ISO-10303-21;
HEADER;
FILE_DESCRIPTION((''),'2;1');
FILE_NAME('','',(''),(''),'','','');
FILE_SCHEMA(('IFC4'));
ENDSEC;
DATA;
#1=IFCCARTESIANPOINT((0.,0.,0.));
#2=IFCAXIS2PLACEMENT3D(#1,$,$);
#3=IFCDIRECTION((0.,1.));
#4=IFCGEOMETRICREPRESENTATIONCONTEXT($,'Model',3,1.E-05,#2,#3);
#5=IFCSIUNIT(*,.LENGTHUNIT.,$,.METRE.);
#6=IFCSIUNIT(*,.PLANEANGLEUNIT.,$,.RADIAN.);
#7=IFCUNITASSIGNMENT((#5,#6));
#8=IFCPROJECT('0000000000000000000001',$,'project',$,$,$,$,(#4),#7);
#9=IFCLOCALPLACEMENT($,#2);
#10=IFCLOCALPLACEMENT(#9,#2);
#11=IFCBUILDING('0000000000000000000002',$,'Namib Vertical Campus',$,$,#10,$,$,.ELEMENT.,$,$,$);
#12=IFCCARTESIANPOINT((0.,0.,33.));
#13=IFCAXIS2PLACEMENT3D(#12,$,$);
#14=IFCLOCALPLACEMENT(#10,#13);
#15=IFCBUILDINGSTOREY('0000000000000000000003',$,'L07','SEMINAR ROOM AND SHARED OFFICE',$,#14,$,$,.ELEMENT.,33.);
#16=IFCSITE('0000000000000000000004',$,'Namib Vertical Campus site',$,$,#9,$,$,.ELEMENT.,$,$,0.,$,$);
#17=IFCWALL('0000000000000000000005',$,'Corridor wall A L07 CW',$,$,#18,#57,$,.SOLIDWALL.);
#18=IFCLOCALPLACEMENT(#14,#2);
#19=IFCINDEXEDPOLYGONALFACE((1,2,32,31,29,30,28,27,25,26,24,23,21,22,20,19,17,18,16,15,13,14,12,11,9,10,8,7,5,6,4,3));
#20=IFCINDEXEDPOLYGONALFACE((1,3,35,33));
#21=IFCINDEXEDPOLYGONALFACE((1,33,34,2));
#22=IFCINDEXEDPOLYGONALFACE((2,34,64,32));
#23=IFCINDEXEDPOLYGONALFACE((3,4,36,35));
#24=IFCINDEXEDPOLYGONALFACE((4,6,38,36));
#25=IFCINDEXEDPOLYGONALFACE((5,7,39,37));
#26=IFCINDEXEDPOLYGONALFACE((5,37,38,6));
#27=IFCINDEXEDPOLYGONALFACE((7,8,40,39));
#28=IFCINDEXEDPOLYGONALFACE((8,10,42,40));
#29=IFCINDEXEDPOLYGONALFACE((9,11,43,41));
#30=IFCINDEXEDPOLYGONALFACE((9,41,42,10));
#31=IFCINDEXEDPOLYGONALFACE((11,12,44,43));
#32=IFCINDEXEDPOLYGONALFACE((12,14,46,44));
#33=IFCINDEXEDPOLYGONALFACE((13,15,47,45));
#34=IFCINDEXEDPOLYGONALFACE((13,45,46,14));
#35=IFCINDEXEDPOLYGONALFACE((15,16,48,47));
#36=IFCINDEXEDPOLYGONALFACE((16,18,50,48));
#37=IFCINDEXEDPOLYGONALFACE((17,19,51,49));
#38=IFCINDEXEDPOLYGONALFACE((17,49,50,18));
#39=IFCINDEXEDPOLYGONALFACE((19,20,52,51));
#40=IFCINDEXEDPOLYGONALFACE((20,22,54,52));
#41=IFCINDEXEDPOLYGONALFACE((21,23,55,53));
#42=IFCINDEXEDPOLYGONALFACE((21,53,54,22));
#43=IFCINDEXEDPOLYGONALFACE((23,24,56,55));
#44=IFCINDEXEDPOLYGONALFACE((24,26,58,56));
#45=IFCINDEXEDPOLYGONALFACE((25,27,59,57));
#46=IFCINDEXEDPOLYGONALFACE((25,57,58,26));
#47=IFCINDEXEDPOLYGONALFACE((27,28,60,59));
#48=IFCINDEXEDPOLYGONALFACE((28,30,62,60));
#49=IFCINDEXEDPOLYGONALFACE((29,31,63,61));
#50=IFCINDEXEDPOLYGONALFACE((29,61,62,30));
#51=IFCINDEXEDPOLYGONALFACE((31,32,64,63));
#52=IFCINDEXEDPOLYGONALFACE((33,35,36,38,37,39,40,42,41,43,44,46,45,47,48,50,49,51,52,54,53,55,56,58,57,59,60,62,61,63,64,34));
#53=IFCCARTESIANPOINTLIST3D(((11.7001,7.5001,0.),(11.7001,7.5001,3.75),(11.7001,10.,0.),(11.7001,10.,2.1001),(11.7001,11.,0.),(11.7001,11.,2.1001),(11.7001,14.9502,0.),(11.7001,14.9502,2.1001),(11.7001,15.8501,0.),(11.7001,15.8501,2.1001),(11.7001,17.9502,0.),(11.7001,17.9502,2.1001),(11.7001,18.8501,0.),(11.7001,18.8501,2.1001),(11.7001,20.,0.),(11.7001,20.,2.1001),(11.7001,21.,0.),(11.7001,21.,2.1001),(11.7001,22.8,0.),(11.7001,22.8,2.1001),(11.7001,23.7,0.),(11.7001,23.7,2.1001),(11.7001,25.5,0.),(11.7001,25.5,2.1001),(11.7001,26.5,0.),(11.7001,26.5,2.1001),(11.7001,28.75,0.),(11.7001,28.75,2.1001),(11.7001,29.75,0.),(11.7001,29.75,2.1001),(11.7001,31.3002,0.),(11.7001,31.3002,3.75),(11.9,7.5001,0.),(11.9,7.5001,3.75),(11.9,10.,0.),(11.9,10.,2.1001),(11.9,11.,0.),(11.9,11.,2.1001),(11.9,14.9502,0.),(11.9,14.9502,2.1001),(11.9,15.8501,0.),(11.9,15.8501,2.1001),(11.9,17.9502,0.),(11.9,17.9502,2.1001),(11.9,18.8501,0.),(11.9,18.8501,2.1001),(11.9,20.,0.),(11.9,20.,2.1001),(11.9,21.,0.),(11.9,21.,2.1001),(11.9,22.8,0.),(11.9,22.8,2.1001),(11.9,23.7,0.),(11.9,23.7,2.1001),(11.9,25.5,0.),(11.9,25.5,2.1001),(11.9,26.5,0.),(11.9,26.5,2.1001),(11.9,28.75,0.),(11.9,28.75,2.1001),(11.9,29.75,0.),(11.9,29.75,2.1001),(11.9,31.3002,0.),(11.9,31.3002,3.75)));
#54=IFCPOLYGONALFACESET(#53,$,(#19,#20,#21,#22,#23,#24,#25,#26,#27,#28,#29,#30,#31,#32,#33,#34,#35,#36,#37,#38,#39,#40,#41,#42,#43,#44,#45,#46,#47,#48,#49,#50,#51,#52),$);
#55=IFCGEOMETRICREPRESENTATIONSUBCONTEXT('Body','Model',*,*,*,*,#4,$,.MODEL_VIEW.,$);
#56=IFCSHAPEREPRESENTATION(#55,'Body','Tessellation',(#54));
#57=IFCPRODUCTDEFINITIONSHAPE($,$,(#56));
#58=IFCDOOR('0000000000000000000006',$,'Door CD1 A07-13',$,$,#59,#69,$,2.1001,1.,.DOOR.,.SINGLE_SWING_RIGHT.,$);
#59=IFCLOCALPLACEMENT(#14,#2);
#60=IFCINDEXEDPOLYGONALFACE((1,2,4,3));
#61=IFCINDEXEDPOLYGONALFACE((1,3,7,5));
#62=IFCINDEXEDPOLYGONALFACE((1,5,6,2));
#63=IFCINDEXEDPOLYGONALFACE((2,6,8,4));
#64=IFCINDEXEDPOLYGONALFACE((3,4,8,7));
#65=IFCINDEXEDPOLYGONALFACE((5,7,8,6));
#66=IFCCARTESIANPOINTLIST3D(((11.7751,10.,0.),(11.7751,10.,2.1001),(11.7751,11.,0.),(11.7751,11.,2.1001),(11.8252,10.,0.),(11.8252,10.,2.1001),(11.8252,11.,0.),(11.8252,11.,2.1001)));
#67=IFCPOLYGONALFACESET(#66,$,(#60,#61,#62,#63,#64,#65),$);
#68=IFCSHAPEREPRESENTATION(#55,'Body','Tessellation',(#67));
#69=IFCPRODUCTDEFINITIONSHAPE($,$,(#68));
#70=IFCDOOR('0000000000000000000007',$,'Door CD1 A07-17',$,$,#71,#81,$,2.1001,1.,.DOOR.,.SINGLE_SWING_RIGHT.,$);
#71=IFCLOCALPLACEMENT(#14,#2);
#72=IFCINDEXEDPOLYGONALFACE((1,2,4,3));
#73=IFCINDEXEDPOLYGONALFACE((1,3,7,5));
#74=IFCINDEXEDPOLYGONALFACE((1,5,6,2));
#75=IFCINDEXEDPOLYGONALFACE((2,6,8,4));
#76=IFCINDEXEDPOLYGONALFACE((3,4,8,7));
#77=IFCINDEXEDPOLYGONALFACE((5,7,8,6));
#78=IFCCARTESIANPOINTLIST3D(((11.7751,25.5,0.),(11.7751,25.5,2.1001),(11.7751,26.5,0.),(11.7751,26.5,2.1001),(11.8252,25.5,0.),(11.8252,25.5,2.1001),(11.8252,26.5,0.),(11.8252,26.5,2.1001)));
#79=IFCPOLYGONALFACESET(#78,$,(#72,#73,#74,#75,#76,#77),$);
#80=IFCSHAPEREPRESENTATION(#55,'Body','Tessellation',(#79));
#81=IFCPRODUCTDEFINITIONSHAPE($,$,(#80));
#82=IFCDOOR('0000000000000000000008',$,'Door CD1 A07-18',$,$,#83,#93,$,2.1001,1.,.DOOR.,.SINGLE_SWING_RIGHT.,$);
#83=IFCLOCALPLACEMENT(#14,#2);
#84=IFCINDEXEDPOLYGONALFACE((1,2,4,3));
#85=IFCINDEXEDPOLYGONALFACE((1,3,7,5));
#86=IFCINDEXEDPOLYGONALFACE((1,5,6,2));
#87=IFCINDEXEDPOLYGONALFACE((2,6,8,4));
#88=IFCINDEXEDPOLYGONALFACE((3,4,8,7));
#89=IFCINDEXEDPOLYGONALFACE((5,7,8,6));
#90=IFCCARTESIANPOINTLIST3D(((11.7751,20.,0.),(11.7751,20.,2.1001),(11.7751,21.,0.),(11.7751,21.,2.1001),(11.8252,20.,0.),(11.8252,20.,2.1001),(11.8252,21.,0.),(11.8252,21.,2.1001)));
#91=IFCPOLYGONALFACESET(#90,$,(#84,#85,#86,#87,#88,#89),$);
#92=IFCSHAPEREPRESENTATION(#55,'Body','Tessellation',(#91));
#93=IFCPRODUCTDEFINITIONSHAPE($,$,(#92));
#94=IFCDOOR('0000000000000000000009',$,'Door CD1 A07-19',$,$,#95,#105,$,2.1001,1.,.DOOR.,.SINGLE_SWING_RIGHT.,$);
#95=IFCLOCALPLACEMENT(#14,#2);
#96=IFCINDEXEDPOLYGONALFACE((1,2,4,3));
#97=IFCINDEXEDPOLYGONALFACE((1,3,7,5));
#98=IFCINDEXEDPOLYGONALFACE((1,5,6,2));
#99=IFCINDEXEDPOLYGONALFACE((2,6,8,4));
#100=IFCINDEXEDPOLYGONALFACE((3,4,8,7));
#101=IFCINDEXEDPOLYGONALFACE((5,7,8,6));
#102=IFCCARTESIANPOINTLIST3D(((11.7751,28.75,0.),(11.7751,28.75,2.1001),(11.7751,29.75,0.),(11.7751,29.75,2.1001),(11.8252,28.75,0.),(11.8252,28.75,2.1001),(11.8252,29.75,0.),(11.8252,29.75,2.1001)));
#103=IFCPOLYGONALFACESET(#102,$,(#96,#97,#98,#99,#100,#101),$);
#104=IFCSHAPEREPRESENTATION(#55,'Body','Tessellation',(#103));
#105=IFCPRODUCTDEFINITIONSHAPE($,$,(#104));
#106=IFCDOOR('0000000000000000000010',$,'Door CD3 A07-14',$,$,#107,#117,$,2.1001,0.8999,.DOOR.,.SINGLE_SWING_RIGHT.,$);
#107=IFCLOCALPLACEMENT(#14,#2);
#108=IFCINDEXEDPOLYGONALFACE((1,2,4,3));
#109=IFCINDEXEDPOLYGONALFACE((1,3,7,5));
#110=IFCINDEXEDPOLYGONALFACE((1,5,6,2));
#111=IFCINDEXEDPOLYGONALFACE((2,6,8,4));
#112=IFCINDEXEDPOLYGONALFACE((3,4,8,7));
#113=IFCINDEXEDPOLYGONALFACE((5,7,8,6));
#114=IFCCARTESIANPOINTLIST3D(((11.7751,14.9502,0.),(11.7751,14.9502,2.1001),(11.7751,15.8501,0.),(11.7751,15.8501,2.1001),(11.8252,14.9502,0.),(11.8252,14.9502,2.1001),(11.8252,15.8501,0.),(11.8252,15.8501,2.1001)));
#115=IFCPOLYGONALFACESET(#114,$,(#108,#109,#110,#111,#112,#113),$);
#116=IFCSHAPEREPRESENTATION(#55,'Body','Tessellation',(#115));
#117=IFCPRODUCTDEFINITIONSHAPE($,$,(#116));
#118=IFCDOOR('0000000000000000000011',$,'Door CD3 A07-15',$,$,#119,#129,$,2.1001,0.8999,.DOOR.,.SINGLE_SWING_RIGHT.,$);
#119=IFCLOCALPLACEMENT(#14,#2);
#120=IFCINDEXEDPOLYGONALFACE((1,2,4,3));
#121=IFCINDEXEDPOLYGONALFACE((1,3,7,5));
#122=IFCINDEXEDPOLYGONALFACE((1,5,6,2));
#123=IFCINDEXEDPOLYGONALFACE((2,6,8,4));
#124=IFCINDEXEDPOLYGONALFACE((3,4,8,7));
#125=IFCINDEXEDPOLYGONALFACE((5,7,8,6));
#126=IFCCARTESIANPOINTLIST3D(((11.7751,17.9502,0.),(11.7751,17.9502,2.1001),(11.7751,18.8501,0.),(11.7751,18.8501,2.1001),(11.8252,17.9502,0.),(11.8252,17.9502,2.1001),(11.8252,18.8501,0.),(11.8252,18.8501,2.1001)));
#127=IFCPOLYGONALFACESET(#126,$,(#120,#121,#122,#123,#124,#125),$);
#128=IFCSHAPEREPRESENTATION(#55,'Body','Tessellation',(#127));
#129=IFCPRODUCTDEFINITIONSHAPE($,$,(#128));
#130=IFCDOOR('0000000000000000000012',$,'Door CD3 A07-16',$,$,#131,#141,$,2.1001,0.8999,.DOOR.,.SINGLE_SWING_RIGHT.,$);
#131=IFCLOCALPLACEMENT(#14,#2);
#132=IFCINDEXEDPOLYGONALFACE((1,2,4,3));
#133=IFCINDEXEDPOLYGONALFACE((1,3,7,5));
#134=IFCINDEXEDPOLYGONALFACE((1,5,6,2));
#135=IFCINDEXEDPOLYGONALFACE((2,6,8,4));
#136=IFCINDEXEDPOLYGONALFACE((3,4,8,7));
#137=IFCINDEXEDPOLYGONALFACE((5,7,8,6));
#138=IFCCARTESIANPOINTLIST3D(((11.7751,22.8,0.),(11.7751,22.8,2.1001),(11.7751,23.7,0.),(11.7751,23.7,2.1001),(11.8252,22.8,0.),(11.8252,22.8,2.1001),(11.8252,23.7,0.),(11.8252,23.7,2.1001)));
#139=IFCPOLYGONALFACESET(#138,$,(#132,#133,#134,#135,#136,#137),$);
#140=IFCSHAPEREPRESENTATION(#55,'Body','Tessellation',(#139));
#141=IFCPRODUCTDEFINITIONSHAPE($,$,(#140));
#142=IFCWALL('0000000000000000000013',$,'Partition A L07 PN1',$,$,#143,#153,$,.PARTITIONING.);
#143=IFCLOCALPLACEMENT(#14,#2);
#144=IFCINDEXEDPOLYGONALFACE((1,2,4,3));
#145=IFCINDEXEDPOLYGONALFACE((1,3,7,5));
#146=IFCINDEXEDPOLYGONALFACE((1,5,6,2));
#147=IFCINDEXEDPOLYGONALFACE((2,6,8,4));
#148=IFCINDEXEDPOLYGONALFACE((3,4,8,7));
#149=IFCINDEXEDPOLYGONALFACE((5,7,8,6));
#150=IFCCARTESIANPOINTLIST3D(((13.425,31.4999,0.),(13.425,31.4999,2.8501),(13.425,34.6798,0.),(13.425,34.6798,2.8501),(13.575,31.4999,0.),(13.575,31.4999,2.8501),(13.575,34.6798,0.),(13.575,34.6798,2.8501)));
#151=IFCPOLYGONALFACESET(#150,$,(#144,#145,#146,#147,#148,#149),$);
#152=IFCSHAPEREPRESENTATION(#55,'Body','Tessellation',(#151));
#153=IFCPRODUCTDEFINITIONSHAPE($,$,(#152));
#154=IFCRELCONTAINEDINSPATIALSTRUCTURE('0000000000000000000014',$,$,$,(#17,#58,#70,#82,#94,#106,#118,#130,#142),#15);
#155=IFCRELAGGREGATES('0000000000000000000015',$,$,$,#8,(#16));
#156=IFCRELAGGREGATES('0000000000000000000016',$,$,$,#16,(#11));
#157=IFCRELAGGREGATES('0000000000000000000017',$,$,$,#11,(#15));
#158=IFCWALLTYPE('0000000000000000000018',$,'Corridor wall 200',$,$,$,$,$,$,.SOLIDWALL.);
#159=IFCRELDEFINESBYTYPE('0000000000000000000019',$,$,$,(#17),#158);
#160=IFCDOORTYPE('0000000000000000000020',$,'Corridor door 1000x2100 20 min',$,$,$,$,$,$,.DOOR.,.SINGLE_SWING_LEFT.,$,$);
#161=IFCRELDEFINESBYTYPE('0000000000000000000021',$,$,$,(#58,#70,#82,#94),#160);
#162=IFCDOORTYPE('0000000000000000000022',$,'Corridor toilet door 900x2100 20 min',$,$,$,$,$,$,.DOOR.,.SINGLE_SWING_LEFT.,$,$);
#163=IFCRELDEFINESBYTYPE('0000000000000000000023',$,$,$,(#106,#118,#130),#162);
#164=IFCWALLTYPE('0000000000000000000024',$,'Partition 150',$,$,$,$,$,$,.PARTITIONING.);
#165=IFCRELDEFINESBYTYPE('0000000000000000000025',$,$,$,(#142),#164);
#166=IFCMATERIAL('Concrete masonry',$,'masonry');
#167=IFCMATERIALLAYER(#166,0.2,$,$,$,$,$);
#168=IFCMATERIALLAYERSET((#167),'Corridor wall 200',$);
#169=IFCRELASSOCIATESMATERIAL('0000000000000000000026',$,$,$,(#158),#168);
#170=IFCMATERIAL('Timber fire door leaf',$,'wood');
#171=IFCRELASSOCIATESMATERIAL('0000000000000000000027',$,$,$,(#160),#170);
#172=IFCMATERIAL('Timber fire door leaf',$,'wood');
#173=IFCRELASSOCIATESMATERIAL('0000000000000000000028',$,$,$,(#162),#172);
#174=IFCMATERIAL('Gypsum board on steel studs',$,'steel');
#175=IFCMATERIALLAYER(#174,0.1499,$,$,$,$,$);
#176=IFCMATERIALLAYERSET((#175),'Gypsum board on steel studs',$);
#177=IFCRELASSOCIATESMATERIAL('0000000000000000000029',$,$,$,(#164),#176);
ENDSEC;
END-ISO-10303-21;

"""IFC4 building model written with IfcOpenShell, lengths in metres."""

from ifc_helpers import new_model, si_unit, direction, frame, frame_2d, origin, place, context, subcontext, project, spatial, rectangle, extrude, material, layer, layer_set, type_object, element, fill, save


model = new_model("IFC4")

# Units and contexts
model_context = context("Model", 3, precision=1e-05, world=origin(), true_north=direction((0.0, 1.0)))
body_context = subcontext(model_context, "Body", "Model", "MODEL_VIEW")
ifc_project = project(units=[si_unit("LENGTHUNIT", "METRE"), si_unit("PLANEANGLEUNIT", "RADIAN")], contexts=[model_context])

# Site, building, storey
site_placement = place(None, origin())
site = spatial("IfcSite", under=ifc_project, at=site_placement, Name="Namib Vertical Campus site", CompositionType="ELEMENT", RefElevation=0.0)
building_placement = place(site_placement, origin())
building = spatial("IfcBuilding", under=site, at=building_placement, Name="Namib Vertical Campus", CompositionType="ELEMENT")
storey_placement = place(building_placement, frame((0.0, 0.0, 33.0)))
storey = spatial("IfcBuildingStorey", under=building, at=storey_placement, Name="L07", Description="SEMINAR ROOM AND SHARED OFFICE", CompositionType="ELEMENT", Elevation=33.0)

# Wall, openings, doors
ifc_material_1 = material(Name="Concrete masonry", Category="masonry")
ifc_layer_1 = layer(ifc_material_1, 0.2)
ifc_layer_set_1 = layer_set([ifc_layer_1], Name="Corridor wall 200")
wall_type_1 = type_object("IfcWallType", Name="Corridor wall 200", PredefinedType="SOLIDWALL", material=ifc_layer_set_1)
wall_1_placement = place(storey_placement, frame((11.8, 31.3, 0.0), z_axis=(0.0, 0.0, 1.0), x_axis=(0.0, -1.0, 0.0)))
wall_1 = element("IfcWall", 1, at=wall_1_placement, inside=storey, type_object=wall_type_1, Name="Corridor wall A L07 CW", PredefinedType="SOLIDWALL", context=body_context, shape_type="SweptSolid", body=[
    extrude(rectangle(XDim=23.8, YDim=0.2, at=frame_2d((11.8999, 0.0))), origin(), (0.0, 0.0, 1.0), 3.75),
])
opening_1_placement = place(wall_1_placement, frame((20.3, 0.0, 0.0)))
opening_1 = element("IfcOpeningElement", 2, at=opening_1_placement, cuts=wall_1, PredefinedType="OPENING", context=body_context, shape_type="SweptSolid", body=[
    extrude(rectangle(XDim=1.0, YDim=2.1001, at=frame_2d((0.5, 1.05))), frame((0.0, 0.1099, 0.0), z_axis=(0.0, -1.0, 0.0), x_axis=(1.0, 0.0, 0.0)), (0.0, 0.0, 1.0), 0.22),
])
opening_2_placement = place(wall_1_placement, frame((15.45, 0.0, 0.0)))
opening_2 = element("IfcOpeningElement", 3, at=opening_2_placement, cuts=wall_1, PredefinedType="OPENING", context=body_context, shape_type="SweptSolid", body=[
    extrude(rectangle(XDim=0.8999, YDim=2.1001, at=frame_2d((0.45, 1.05))), frame((0.0, 0.1099, 0.0), z_axis=(0.0, -1.0, 0.0), x_axis=(1.0, 0.0, 0.0)), (0.0, 0.0, 1.0), 0.22),
])
opening_3_placement = place(wall_1_placement, frame((12.45, 0.0, 0.0)))
opening_3 = element("IfcOpeningElement", 4, at=opening_3_placement, cuts=wall_1, PredefinedType="OPENING", context=body_context, shape_type="SweptSolid", body=[
    extrude(rectangle(XDim=0.8999, YDim=2.1001, at=frame_2d((0.45, 1.05))), frame((0.0, 0.1099, 0.0), z_axis=(0.0, -1.0, 0.0), x_axis=(1.0, 0.0, 0.0)), (0.0, 0.0, 1.0), 0.22),
])
opening_4_placement = place(wall_1_placement, frame((7.6001, 0.0, 0.0)))
opening_4 = element("IfcOpeningElement", 5, at=opening_4_placement, cuts=wall_1, PredefinedType="OPENING", context=body_context, shape_type="SweptSolid", body=[
    extrude(rectangle(XDim=0.8999, YDim=2.1001, at=frame_2d((0.45, 1.05))), frame((0.0, 0.1099, 0.0), z_axis=(0.0, -1.0, 0.0), x_axis=(1.0, 0.0, 0.0)), (0.0, 0.0, 1.0), 0.22),
])
opening_5_placement = place(wall_1_placement, frame((4.8, 0.0, 0.0)))
opening_5 = element("IfcOpeningElement", 6, at=opening_5_placement, cuts=wall_1, PredefinedType="OPENING", context=body_context, shape_type="SweptSolid", body=[
    extrude(rectangle(XDim=1.0, YDim=2.1001, at=frame_2d((0.5, 1.05))), frame((0.0, 0.1099, 0.0), z_axis=(0.0, -1.0, 0.0), x_axis=(1.0, 0.0, 0.0)), (0.0, 0.0, 1.0), 0.22),
])
opening_6_placement = place(wall_1_placement, frame((10.3, 0.0, 0.0)))
opening_6 = element("IfcOpeningElement", 7, at=opening_6_placement, cuts=wall_1, PredefinedType="OPENING", context=body_context, shape_type="SweptSolid", body=[
    extrude(rectangle(XDim=1.0, YDim=2.1001, at=frame_2d((0.5, 1.05))), frame((0.0, 0.1099, 0.0), z_axis=(0.0, -1.0, 0.0), x_axis=(1.0, 0.0, 0.0)), (0.0, 0.0, 1.0), 0.22),
])
opening_7_placement = place(wall_1_placement, frame((1.55, 0.0, 0.0)))
opening_7 = element("IfcOpeningElement", 8, at=opening_7_placement, cuts=wall_1, PredefinedType="OPENING", context=body_context, shape_type="SweptSolid", body=[
    extrude(rectangle(XDim=1.0, YDim=2.1001, at=frame_2d((0.5, 1.05))), frame((0.0, 0.1099, 0.0), z_axis=(0.0, -1.0, 0.0), x_axis=(1.0, 0.0, 0.0)), (0.0, 0.0, 1.0), 0.22),
])
ifc_material_2 = material(Name="Timber fire door leaf", Category="wood")
door_type_1 = type_object("IfcDoorType", Name="Corridor door 1000x2100 20 min", OperationType="SINGLE_SWING_LEFT", PredefinedType="DOOR", material=ifc_material_2)
door_1_placement = place(opening_1_placement, frame((1.0, 0.0, 0.0), z_axis=(0.0, 0.0, 1.0), x_axis=(-1.0, 0.0, 0.0)))
door_1 = element("IfcDoor", 9, at=door_1_placement, inside=storey, type_object=door_type_1, Name="Door CD1 A07-13", OperationType="SINGLE_SWING_RIGHT", OverallHeight=2.1001, OverallWidth=1.0, PredefinedType="DOOR", context=body_context, shape_type="SweptSolid", body=[
    extrude(rectangle(XDim=1.0, YDim=2.1001, at=frame_2d((0.5, 1.05))), frame((0.0, 0.0249, 0.0), z_axis=(0.0, -1.0, 0.0), x_axis=(1.0, 0.0, 0.0)), (0.0, 0.0, 1.0), 0.05),
])
fill(opening_1, door_1)
door_2_placement = place(opening_5_placement, frame((1.0, 0.0, 0.0), z_axis=(0.0, 0.0, 1.0), x_axis=(-1.0, 0.0, 0.0)))
door_2 = element("IfcDoor", 10, at=door_2_placement, inside=storey, type_object=door_type_1, Name="Door CD1 A07-17", OperationType="SINGLE_SWING_RIGHT", OverallHeight=2.1001, OverallWidth=1.0, PredefinedType="DOOR", context=body_context, shape_type="SweptSolid", body=[
    extrude(rectangle(XDim=1.0, YDim=2.1001, at=frame_2d((0.5, 1.05))), frame((0.0, 0.0249, 0.0), z_axis=(0.0, -1.0, 0.0), x_axis=(1.0, 0.0, 0.0)), (0.0, 0.0, 1.0), 0.05),
])
fill(opening_5, door_2)
door_3_placement = place(opening_6_placement, frame((1.0, 0.0, 0.0), z_axis=(0.0, 0.0, 1.0), x_axis=(-1.0, 0.0, 0.0)))
door_3 = element("IfcDoor", 11, at=door_3_placement, inside=storey, type_object=door_type_1, Name="Door CD1 A07-18", OperationType="SINGLE_SWING_RIGHT", OverallHeight=2.1001, OverallWidth=1.0, PredefinedType="DOOR", context=body_context, shape_type="SweptSolid", body=[
    extrude(rectangle(XDim=1.0, YDim=2.1001, at=frame_2d((0.5, 1.05))), frame((0.0, 0.0249, 0.0), z_axis=(0.0, -1.0, 0.0), x_axis=(1.0, 0.0, 0.0)), (0.0, 0.0, 1.0), 0.05),
])
fill(opening_6, door_3)
door_4_placement = place(opening_7_placement, frame((1.0, 0.0, 0.0), z_axis=(0.0, 0.0, 1.0), x_axis=(-1.0, 0.0, 0.0)))
door_4 = element("IfcDoor", 12, at=door_4_placement, inside=storey, type_object=door_type_1, Name="Door CD1 A07-19", OperationType="SINGLE_SWING_RIGHT", OverallHeight=2.1001, OverallWidth=1.0, PredefinedType="DOOR", context=body_context, shape_type="SweptSolid", body=[
    extrude(rectangle(XDim=1.0, YDim=2.1001, at=frame_2d((0.5, 1.05))), frame((0.0, 0.0249, 0.0), z_axis=(0.0, -1.0, 0.0), x_axis=(1.0, 0.0, 0.0)), (0.0, 0.0, 1.0), 0.05),
])
fill(opening_7, door_4)
ifc_material_3 = material(Name="Timber fire door leaf", Category="wood")
door_type_2 = type_object("IfcDoorType", Name="Corridor toilet door 900x2100 20 min", OperationType="SINGLE_SWING_LEFT", PredefinedType="DOOR", material=ifc_material_3)
door_5_placement = place(opening_2_placement, frame((0.8999, 0.0, 0.0), z_axis=(0.0, 0.0, 1.0), x_axis=(-1.0, 0.0, 0.0)))
door_5 = element("IfcDoor", 13, at=door_5_placement, inside=storey, type_object=door_type_2, Name="Door CD3 A07-14", OperationType="SINGLE_SWING_RIGHT", OverallHeight=2.1001, OverallWidth=0.8999, PredefinedType="DOOR", context=body_context, shape_type="SweptSolid", body=[
    extrude(rectangle(XDim=0.8999, YDim=2.1001, at=frame_2d((0.45, 1.05))), frame((0.0, 0.0249, 0.0), z_axis=(0.0, -1.0, 0.0), x_axis=(1.0, 0.0, 0.0)), (0.0, 0.0, 1.0), 0.05),
])
fill(opening_2, door_5)
door_6_placement = place(opening_3_placement, frame((0.8999, 0.0, 0.0), z_axis=(0.0, 0.0, 1.0), x_axis=(-1.0, 0.0, 0.0)))
door_6 = element("IfcDoor", 14, at=door_6_placement, inside=storey, type_object=door_type_2, Name="Door CD3 A07-15", OperationType="SINGLE_SWING_RIGHT", OverallHeight=2.1001, OverallWidth=0.8999, PredefinedType="DOOR", context=body_context, shape_type="SweptSolid", body=[
    extrude(rectangle(XDim=0.8999, YDim=2.1001, at=frame_2d((0.45, 1.05))), frame((0.0, 0.0249, 0.0), z_axis=(0.0, -1.0, 0.0), x_axis=(1.0, 0.0, 0.0)), (0.0, 0.0, 1.0), 0.05),
])
fill(opening_3, door_6)
door_7_placement = place(opening_4_placement, frame((0.8999, 0.0, 0.0), z_axis=(0.0, 0.0, 1.0), x_axis=(-1.0, 0.0, 0.0)))
door_7 = element("IfcDoor", 15, at=door_7_placement, inside=storey, type_object=door_type_2, Name="Door CD3 A07-16", OperationType="SINGLE_SWING_RIGHT", OverallHeight=2.1001, OverallWidth=0.8999, PredefinedType="DOOR", context=body_context, shape_type="SweptSolid", body=[
    extrude(rectangle(XDim=0.8999, YDim=2.1001, at=frame_2d((0.45, 1.05))), frame((0.0, 0.0249, 0.0), z_axis=(0.0, -1.0, 0.0), x_axis=(1.0, 0.0, 0.0)), (0.0, 0.0, 1.0), 0.05),
])
fill(opening_4, door_7)

# Wall
ifc_material_4 = material(Name="Gypsum board on steel studs", Category="steel")
ifc_layer_2 = layer(ifc_material_4, 0.1499)
ifc_layer_set_2 = layer_set([ifc_layer_2], Name="Gypsum board on steel studs")
wall_type_2 = type_object("IfcWallType", Name="Partition 150", PredefinedType="PARTITIONING", material=ifc_layer_set_2)
wall_2_placement = place(storey_placement, frame((13.5, 31.5, 0.0), z_axis=(0.0, 0.0, 1.0), x_axis=(0.0, 1.0, 0.0)))
element("IfcWall", 16, at=wall_2_placement, inside=storey, type_object=wall_type_2, Name="Partition A L07 PN1", PredefinedType="PARTITIONING", context=body_context, shape_type="SweptSolid", body=[
    extrude(rectangle(XDim=3.1799, YDim=0.1499, at=frame_2d((1.5898, 0.0))), origin(), (0.0, 0.0, 1.0), 2.8501),
])

save(model, "model.ifc")
